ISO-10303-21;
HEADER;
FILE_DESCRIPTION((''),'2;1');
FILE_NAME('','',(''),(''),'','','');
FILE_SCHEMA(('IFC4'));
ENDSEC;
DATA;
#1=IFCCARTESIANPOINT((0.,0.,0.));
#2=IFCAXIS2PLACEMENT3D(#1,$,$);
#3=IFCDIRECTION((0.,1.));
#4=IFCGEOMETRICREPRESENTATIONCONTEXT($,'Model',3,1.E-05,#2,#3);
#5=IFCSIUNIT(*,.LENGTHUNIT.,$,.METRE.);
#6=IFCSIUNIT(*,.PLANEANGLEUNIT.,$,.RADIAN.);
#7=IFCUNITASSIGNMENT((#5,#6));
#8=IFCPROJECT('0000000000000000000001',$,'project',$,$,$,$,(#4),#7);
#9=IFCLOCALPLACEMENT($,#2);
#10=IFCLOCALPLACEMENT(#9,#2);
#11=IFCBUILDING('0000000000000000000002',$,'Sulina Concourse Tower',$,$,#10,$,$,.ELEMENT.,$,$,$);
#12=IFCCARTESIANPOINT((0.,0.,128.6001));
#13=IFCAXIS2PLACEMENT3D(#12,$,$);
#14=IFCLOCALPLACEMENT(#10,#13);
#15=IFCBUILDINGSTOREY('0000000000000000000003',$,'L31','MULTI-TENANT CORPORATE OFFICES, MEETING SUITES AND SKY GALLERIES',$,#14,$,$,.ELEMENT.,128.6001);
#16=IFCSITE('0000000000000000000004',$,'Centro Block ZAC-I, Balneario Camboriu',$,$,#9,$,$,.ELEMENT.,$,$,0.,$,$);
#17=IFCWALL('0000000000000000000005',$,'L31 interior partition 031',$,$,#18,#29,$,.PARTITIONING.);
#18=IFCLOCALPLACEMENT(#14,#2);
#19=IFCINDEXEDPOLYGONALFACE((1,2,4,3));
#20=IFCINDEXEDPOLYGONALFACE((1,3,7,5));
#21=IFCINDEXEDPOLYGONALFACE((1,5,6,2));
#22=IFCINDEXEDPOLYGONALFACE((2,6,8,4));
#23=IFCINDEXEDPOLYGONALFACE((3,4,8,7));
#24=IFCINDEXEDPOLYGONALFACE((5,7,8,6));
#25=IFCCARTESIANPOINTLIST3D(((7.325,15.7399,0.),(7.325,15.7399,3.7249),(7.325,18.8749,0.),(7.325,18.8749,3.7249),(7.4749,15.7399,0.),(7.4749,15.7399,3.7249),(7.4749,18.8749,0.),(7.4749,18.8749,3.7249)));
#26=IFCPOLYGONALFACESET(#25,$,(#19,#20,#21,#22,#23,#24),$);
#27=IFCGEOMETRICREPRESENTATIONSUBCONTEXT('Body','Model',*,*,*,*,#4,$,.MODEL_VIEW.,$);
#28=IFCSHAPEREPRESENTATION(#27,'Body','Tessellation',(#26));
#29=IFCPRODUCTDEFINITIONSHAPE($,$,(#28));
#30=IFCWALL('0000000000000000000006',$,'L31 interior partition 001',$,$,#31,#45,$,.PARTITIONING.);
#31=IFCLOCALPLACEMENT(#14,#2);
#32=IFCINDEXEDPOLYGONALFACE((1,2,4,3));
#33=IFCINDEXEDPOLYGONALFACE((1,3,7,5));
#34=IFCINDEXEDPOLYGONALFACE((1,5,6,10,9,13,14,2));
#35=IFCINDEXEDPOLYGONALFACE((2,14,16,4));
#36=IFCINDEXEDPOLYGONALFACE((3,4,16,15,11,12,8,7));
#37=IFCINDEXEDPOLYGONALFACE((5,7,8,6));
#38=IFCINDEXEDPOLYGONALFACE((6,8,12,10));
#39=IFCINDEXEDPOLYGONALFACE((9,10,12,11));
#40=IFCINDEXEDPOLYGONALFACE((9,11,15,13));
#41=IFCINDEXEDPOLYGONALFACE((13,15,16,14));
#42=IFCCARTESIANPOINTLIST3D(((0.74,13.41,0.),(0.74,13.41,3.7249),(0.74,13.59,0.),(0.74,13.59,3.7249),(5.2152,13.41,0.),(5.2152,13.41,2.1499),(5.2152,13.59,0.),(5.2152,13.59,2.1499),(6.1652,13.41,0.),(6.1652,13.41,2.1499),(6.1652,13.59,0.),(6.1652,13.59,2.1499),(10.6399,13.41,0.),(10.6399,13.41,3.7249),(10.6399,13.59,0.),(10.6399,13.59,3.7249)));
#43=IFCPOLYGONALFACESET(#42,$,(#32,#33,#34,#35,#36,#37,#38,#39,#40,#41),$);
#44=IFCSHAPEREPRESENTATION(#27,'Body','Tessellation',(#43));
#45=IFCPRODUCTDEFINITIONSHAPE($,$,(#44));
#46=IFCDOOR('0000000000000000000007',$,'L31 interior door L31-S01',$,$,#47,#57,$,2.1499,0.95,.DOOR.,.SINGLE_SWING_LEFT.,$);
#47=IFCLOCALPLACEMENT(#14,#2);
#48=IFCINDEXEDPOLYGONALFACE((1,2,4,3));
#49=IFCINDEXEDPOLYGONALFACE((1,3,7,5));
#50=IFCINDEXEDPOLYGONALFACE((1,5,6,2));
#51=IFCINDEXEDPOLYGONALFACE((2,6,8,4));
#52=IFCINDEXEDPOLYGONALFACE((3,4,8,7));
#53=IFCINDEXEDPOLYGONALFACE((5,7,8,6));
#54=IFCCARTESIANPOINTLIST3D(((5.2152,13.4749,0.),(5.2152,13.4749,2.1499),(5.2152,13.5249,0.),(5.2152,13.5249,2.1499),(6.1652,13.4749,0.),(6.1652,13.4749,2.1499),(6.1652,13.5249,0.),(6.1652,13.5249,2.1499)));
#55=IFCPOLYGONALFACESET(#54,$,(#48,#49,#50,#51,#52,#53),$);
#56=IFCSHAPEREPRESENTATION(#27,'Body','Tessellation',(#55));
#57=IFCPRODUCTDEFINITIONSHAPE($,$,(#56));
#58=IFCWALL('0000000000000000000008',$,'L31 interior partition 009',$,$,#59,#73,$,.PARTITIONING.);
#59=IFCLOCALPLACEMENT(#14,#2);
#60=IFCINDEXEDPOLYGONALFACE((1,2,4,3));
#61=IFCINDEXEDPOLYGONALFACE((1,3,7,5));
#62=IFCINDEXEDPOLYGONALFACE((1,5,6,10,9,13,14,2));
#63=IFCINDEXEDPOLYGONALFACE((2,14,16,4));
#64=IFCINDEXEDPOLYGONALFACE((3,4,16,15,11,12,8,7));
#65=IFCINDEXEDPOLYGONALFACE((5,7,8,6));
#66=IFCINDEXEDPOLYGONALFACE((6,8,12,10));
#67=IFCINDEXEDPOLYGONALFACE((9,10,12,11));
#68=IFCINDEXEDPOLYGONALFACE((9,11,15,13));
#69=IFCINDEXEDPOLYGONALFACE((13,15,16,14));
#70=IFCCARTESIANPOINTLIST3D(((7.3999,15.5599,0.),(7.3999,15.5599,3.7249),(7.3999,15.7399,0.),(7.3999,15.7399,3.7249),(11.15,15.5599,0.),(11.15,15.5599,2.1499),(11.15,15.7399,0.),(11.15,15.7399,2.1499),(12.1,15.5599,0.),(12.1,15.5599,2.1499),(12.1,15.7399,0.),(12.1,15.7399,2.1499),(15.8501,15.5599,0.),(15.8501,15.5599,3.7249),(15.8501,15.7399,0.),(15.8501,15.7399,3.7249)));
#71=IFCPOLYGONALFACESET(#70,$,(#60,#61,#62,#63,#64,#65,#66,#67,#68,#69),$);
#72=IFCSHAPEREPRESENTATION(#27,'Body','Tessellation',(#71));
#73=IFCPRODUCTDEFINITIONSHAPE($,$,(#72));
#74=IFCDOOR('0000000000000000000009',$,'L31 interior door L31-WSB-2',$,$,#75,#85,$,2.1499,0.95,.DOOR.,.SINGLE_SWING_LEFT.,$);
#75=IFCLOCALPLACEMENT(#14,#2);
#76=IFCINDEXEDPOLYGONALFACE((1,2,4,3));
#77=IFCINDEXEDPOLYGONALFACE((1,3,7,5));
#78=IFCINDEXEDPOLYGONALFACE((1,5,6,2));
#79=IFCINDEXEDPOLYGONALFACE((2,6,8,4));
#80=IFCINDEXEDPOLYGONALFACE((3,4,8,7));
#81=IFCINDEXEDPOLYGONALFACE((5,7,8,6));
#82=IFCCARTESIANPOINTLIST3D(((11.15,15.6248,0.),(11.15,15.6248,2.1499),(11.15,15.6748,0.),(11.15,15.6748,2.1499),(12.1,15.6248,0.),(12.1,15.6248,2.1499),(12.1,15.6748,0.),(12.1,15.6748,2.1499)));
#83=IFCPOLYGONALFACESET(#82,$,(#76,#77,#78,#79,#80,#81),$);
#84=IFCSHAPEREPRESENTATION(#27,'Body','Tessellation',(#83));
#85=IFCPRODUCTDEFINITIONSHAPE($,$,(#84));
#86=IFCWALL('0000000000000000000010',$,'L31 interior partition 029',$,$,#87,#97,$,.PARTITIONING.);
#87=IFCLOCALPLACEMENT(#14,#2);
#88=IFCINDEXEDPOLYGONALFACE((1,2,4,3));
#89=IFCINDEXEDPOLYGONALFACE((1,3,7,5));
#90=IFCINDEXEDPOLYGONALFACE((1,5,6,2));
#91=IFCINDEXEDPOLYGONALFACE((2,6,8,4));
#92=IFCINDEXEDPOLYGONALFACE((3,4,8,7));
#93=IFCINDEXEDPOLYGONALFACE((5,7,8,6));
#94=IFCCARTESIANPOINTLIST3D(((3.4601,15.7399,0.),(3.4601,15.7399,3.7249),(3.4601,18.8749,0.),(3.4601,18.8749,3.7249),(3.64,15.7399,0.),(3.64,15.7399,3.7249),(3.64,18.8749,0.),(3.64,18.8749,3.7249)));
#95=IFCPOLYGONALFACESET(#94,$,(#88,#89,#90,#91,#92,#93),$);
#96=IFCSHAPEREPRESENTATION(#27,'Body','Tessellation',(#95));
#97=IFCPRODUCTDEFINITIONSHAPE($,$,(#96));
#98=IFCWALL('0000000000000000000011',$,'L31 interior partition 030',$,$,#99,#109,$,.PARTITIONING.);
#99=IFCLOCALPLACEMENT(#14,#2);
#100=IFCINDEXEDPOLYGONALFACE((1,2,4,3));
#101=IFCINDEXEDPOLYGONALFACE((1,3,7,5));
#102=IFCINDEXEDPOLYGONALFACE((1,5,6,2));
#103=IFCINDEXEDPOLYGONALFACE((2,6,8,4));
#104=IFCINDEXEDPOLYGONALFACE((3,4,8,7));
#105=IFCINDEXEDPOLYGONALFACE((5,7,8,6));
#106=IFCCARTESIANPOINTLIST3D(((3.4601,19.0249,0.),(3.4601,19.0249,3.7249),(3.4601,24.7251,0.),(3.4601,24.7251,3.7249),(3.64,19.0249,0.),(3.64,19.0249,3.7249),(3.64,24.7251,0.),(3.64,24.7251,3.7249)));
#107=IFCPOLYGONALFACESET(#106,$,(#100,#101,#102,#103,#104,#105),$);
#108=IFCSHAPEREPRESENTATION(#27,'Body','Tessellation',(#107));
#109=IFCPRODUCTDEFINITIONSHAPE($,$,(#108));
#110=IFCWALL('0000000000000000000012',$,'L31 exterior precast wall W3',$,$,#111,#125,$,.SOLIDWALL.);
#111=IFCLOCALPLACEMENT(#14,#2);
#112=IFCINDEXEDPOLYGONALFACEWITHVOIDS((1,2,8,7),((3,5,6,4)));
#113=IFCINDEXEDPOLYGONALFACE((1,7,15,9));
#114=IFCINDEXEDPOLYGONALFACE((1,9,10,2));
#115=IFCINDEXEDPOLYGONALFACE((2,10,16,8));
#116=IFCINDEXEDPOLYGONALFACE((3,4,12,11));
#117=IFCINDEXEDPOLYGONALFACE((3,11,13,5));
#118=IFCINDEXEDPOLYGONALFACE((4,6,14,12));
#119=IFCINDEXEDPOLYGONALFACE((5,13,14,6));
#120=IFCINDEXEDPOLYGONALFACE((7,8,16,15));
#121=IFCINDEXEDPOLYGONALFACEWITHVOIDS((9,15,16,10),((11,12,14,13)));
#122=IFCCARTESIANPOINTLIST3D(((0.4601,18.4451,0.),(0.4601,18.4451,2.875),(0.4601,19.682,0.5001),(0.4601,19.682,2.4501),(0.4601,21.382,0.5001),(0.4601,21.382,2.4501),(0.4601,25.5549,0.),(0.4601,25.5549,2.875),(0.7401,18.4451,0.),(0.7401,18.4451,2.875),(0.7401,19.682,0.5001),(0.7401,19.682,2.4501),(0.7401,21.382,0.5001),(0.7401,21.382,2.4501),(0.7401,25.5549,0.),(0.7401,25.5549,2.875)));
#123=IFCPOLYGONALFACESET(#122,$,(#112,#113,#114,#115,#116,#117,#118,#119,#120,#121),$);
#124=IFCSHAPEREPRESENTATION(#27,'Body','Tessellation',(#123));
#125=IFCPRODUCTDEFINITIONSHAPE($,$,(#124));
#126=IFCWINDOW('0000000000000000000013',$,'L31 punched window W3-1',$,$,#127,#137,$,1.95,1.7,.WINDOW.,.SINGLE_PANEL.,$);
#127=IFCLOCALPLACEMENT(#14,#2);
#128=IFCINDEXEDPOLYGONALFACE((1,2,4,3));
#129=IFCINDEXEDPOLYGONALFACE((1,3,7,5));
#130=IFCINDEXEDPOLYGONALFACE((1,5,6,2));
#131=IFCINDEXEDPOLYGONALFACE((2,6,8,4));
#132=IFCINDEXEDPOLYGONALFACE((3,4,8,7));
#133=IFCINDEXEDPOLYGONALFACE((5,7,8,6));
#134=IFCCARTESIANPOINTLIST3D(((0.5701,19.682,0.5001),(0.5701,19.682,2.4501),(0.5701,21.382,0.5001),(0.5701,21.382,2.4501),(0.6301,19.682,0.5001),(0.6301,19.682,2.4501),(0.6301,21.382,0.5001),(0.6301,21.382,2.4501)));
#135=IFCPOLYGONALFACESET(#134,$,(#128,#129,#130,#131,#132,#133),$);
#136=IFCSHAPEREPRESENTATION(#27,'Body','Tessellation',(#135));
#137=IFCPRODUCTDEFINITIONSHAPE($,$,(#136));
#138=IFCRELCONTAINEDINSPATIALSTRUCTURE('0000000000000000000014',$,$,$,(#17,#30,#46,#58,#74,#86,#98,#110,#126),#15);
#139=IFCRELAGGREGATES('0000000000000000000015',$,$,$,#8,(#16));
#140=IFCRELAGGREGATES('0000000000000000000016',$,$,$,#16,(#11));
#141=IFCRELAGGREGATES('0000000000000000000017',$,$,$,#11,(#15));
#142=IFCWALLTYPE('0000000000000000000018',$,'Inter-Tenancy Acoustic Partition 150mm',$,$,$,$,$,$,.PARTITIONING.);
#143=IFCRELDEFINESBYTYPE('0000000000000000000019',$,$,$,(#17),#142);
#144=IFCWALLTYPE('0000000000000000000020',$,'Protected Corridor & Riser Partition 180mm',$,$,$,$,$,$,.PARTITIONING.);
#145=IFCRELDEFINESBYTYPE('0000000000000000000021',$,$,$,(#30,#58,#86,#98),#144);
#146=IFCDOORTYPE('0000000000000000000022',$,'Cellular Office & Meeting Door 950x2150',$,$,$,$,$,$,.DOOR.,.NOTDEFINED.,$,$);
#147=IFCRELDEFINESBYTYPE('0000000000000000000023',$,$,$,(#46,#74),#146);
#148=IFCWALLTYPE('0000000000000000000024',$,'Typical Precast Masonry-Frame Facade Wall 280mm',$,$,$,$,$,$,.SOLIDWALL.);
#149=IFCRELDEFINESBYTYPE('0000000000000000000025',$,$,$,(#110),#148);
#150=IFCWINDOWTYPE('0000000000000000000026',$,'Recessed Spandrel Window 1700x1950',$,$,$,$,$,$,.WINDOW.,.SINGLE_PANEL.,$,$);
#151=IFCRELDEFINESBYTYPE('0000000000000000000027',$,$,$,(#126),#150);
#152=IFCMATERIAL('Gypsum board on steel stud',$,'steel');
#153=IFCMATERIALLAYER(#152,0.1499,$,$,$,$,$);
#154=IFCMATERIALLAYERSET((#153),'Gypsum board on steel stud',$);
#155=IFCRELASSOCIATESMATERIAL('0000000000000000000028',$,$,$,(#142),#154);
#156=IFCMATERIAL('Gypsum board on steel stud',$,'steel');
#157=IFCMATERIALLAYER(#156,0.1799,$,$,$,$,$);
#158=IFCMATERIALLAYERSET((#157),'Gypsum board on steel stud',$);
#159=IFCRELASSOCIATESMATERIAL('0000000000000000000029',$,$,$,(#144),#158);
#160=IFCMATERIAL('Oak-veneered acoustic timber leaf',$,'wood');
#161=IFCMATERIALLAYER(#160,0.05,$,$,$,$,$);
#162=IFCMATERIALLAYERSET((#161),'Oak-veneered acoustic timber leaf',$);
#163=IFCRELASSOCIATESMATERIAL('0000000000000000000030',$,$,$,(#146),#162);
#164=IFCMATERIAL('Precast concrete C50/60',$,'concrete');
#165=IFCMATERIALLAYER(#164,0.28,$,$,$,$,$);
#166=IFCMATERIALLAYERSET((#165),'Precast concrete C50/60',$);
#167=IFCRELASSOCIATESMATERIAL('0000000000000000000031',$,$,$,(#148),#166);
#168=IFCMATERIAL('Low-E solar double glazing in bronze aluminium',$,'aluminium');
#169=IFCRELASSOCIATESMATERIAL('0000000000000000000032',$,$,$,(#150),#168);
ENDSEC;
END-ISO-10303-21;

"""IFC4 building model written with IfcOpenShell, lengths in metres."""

from ifc_helpers import new_model, si_unit, direction, frame, frame_2d, origin, place, context, subcontext, project, spatial, rectangle, extrude, material, layer, layer_set, type_object, element, fill, save


model = new_model("IFC4")

# Units and contexts
model_context = context("Model", 3, precision=1e-05, world=origin(), true_north=direction((0.0, 1.0)))
body_context = subcontext(model_context, "Body", "Model", "MODEL_VIEW")
ifc_project = project(units=[si_unit("LENGTHUNIT", "METRE"), si_unit("PLANEANGLEUNIT", "RADIAN")], contexts=[model_context])

# Site, building, storey
site_placement = place(None, origin())
site = spatial("IfcSite", under=ifc_project, at=site_placement, Name="Centro Block ZAC-I, Balneario Camboriu", CompositionType="ELEMENT", RefElevation=0.0)
building_placement = place(site_placement, origin())
building = spatial("IfcBuilding", under=site, at=building_placement, Name="Sulina Concourse Tower", CompositionType="ELEMENT")
storey_placement = place(building_placement, frame((0.0, 0.0, 128.6001)))
storey = spatial("IfcBuildingStorey", under=building, at=storey_placement, Name="L31", Description="MULTI-TENANT CORPORATE OFFICES, MEETING SUITES AND SKY GALLERIES", CompositionType="ELEMENT", Elevation=128.6001)

# Shared definitions
ifc_material_1 = material(Name="Gypsum board on steel stud", Category="steel")
ifc_layer_1 = layer(ifc_material_1, 0.1499)
ifc_layer_set_1 = layer_set([ifc_layer_1], Name="Gypsum board on steel stud")
wall_type_1 = type_object("IfcWallType", Name="Inter-Tenancy Acoustic Partition 150mm", PredefinedType="PARTITIONING", material=ifc_layer_set_1)

# Wall
wall_1_placement = place(storey_placement, frame((7.3999, 15.74, 0.0), z_axis=(0.0, 0.0, 1.0), x_axis=(0.0, 1.0, 0.0)))
element("IfcWall", 1, at=wall_1_placement, inside=storey, type_object=wall_type_1, Name="L31 interior partition 031", PredefinedType="PARTITIONING", context=body_context, shape_type="SweptSolid", body=[
    extrude(rectangle(XDim=3.135, YDim=0.1499, at=frame_2d((1.5674, 0.0))), origin(), (0.0, 0.0, 1.0), 3.7249),
])

# Walls, openings, doors
ifc_material_2 = material(Name="Gypsum board on steel stud", Category="steel")
ifc_layer_2 = layer(ifc_material_2, 0.1799)
ifc_layer_set_2 = layer_set([ifc_layer_2], Name="Gypsum board on steel stud")
wall_type_2 = type_object("IfcWallType", Name="Protected Corridor & Riser Partition 180mm", PredefinedType="PARTITIONING", material=ifc_layer_set_2)
wall_2_placement = place(storey_placement, frame((0.74, 13.5, 0.0), z_axis=(0.0, 0.0, 1.0), x_axis=(1.0, 0.0, 0.0)))
wall_2 = element("IfcWall", 2, at=wall_2_placement, inside=storey, type_object=wall_type_2, Name="L31 interior partition 001", PredefinedType="PARTITIONING", context=body_context, shape_type="SweptSolid", body=[
    extrude(rectangle(XDim=9.8999, YDim=0.1799, at=frame_2d((4.95, 0.0))), origin(), (0.0, 0.0, 1.0), 3.7249),
])
opening_1_placement = place(wall_2_placement, frame((4.4751, 0.0, 0.0)))
opening_1 = element("IfcOpeningElement", 3, at=opening_1_placement, cuts=wall_2, PredefinedType="OPENING", context=body_context, shape_type="SweptSolid", body=[
    extrude(rectangle(XDim=0.95, YDim=2.1499, at=frame_2d((0.4751, 1.075))), frame((0.0, 0.0999, 0.0), z_axis=(0.0, -1.0, 0.0), x_axis=(1.0, 0.0, 0.0)), (0.0, 0.0, 1.0), 0.2),
])
ifc_material_3 = material(Name="Oak-veneered acoustic timber leaf", Category="wood")
ifc_layer_3 = layer(ifc_material_3, 0.05)
ifc_layer_set_3 = layer_set([ifc_layer_3], Name="Oak-veneered acoustic timber leaf")
door_type_1 = type_object("IfcDoorType", Name="Cellular Office & Meeting Door 950x2150", OperationType="NOTDEFINED", PredefinedType="DOOR", material=ifc_layer_set_3)
door_1_placement = place(opening_1_placement, origin())
door_1 = element("IfcDoor", 4, at=door_1_placement, inside=storey, type_object=door_type_1, Name="L31 interior door L31-S01", OperationType="SINGLE_SWING_LEFT", OverallHeight=2.1499, OverallWidth=0.95, PredefinedType="DOOR", context=body_context, shape_type="SweptSolid", body=[
    extrude(rectangle(XDim=0.95, YDim=2.1499, at=frame_2d((0.4751, 1.075))), frame((0.0, 0.0249, 0.0), z_axis=(0.0, -1.0, 0.0), x_axis=(1.0, 0.0, 0.0)), (0.0, 0.0, 1.0), 0.05),
])
fill(opening_1, door_1)
wall_3_placement = place(storey_placement, frame((7.3999, 15.6499, 0.0), z_axis=(0.0, 0.0, 1.0), x_axis=(1.0, 0.0, 0.0)))
wall_3 = element("IfcWall", 5, at=wall_3_placement, inside=storey, type_object=wall_type_2, Name="L31 interior partition 009", PredefinedType="PARTITIONING", context=body_context, shape_type="SweptSolid", body=[
    extrude(rectangle(XDim=8.4502, YDim=0.1799, at=frame_2d((4.2251, 0.0))), origin(), (0.0, 0.0, 1.0), 3.7249),
])
opening_2_placement = place(wall_3_placement, frame((3.75, 0.0, 0.0)))
opening_2 = element("IfcOpeningElement", 6, at=opening_2_placement, cuts=wall_3, PredefinedType="OPENING", context=body_context, shape_type="SweptSolid", body=[
    extrude(rectangle(XDim=0.95, YDim=2.1499, at=frame_2d((0.4751, 1.075))), frame((0.0, 0.0999, 0.0), z_axis=(0.0, -1.0, 0.0), x_axis=(1.0, 0.0, 0.0)), (0.0, 0.0, 1.0), 0.2),
])
door_2_placement = place(opening_2_placement, origin())
door_2 = element("IfcDoor", 7, at=door_2_placement, inside=storey, type_object=door_type_1, Name="L31 interior door L31-WSB-2", OperationType="SINGLE_SWING_LEFT", OverallHeight=2.1499, OverallWidth=0.95, PredefinedType="DOOR", context=body_context, shape_type="SweptSolid", body=[
    extrude(rectangle(XDim=0.95, YDim=2.1499, at=frame_2d((0.4751, 1.075))), frame((0.0, 0.0249, 0.0), z_axis=(0.0, -1.0, 0.0), x_axis=(1.0, 0.0, 0.0)), (0.0, 0.0, 1.0), 0.05),
])
fill(opening_2, door_2)

# Walls
wall_4_placement = place(storey_placement, frame((3.55, 15.74, 0.0), z_axis=(0.0, 0.0, 1.0), x_axis=(0.0, 1.0, 0.0)))
element("IfcWall", 8, at=wall_4_placement, inside=storey, type_object=wall_type_2, Name="L31 interior partition 029", PredefinedType="PARTITIONING", context=body_context, shape_type="SweptSolid", body=[
    extrude(rectangle(XDim=3.135, YDim=0.1799, at=frame_2d((1.5674, 0.0))), origin(), (0.0, 0.0, 1.0), 3.7249),
])
wall_5_placement = place(storey_placement, frame((3.55, 19.0249, 0.0), z_axis=(0.0, 0.0, 1.0), x_axis=(0.0, 1.0, 0.0)))
element("IfcWall", 9, at=wall_5_placement, inside=storey, type_object=wall_type_2, Name="L31 interior partition 030", PredefinedType="PARTITIONING", context=body_context, shape_type="SweptSolid", body=[
    extrude(rectangle(XDim=5.7002, YDim=0.1799, at=frame_2d((2.8501, 0.0))), origin(), (0.0, 0.0, 1.0), 3.7249),
])

# Wall, opening, window
ifc_material_4 = material(Name="Precast concrete C50/60", Category="concrete")
ifc_layer_4 = layer(ifc_material_4, 0.28)
ifc_layer_set_4 = layer_set([ifc_layer_4], Name="Precast concrete C50/60")
wall_type_3 = type_object("IfcWallType", Name="Typical Precast Masonry-Frame Facade Wall 280mm", PredefinedType="SOLIDWALL", material=ifc_layer_set_4)
wall_6_placement = place(storey_placement, frame((0.6001, 18.4451, 0.0), z_axis=(0.0, 0.0, 1.0), x_axis=(0.0, 1.0, 0.0)))
wall_6 = element("IfcWall", 10, at=wall_6_placement, inside=storey, type_object=wall_type_3, Name="L31 exterior precast wall W3", PredefinedType="SOLIDWALL", context=body_context, shape_type="SweptSolid", body=[
    extrude(rectangle(XDim=7.1099, YDim=0.28, at=frame_2d((3.5549, 0.0))), origin(), (0.0, 0.0, 1.0), 2.875),
])
opening_3_placement = place(wall_6_placement, frame((1.2368, 0.0, 0.5)))
opening_3 = element("IfcOpeningElement", 11, at=opening_3_placement, cuts=wall_6, PredefinedType="OPENING", context=body_context, shape_type="SweptSolid", body=[
    extrude(rectangle(XDim=1.7, YDim=1.95, at=frame_2d((0.8501, 0.9751))), frame((0.0, 0.1499, 0.0), z_axis=(0.0, -1.0, 0.0), x_axis=(1.0, 0.0, 0.0)), (0.0, 0.0, 1.0), 0.3),
])
ifc_material_5 = material(Name="Low-E solar double glazing in bronze aluminium", Category="aluminium")
window_type = type_object("IfcWindowType", Name="Recessed Spandrel Window 1700x1950", PartitioningType="SINGLE_PANEL", PredefinedType="WINDOW", material=ifc_material_5)
window_placement = place(opening_3_placement, origin())
window = element("IfcWindow", 12, at=window_placement, inside=storey, type_object=window_type, Name="L31 punched window W3-1", OverallHeight=1.95, OverallWidth=1.7, PartitioningType="SINGLE_PANEL", PredefinedType="WINDOW", context=body_context, shape_type="SweptSolid", body=[
    extrude(rectangle(XDim=1.7, YDim=1.95, at=frame_2d((0.8501, 0.9751))), frame((0.0, 0.03, 0.0), z_axis=(0.0, -1.0, 0.0), x_axis=(1.0, 0.0, 0.0)), (0.0, 0.0, 1.0), 0.0601),
])
fill(opening_3, window)

save(model, "model.ifc")
